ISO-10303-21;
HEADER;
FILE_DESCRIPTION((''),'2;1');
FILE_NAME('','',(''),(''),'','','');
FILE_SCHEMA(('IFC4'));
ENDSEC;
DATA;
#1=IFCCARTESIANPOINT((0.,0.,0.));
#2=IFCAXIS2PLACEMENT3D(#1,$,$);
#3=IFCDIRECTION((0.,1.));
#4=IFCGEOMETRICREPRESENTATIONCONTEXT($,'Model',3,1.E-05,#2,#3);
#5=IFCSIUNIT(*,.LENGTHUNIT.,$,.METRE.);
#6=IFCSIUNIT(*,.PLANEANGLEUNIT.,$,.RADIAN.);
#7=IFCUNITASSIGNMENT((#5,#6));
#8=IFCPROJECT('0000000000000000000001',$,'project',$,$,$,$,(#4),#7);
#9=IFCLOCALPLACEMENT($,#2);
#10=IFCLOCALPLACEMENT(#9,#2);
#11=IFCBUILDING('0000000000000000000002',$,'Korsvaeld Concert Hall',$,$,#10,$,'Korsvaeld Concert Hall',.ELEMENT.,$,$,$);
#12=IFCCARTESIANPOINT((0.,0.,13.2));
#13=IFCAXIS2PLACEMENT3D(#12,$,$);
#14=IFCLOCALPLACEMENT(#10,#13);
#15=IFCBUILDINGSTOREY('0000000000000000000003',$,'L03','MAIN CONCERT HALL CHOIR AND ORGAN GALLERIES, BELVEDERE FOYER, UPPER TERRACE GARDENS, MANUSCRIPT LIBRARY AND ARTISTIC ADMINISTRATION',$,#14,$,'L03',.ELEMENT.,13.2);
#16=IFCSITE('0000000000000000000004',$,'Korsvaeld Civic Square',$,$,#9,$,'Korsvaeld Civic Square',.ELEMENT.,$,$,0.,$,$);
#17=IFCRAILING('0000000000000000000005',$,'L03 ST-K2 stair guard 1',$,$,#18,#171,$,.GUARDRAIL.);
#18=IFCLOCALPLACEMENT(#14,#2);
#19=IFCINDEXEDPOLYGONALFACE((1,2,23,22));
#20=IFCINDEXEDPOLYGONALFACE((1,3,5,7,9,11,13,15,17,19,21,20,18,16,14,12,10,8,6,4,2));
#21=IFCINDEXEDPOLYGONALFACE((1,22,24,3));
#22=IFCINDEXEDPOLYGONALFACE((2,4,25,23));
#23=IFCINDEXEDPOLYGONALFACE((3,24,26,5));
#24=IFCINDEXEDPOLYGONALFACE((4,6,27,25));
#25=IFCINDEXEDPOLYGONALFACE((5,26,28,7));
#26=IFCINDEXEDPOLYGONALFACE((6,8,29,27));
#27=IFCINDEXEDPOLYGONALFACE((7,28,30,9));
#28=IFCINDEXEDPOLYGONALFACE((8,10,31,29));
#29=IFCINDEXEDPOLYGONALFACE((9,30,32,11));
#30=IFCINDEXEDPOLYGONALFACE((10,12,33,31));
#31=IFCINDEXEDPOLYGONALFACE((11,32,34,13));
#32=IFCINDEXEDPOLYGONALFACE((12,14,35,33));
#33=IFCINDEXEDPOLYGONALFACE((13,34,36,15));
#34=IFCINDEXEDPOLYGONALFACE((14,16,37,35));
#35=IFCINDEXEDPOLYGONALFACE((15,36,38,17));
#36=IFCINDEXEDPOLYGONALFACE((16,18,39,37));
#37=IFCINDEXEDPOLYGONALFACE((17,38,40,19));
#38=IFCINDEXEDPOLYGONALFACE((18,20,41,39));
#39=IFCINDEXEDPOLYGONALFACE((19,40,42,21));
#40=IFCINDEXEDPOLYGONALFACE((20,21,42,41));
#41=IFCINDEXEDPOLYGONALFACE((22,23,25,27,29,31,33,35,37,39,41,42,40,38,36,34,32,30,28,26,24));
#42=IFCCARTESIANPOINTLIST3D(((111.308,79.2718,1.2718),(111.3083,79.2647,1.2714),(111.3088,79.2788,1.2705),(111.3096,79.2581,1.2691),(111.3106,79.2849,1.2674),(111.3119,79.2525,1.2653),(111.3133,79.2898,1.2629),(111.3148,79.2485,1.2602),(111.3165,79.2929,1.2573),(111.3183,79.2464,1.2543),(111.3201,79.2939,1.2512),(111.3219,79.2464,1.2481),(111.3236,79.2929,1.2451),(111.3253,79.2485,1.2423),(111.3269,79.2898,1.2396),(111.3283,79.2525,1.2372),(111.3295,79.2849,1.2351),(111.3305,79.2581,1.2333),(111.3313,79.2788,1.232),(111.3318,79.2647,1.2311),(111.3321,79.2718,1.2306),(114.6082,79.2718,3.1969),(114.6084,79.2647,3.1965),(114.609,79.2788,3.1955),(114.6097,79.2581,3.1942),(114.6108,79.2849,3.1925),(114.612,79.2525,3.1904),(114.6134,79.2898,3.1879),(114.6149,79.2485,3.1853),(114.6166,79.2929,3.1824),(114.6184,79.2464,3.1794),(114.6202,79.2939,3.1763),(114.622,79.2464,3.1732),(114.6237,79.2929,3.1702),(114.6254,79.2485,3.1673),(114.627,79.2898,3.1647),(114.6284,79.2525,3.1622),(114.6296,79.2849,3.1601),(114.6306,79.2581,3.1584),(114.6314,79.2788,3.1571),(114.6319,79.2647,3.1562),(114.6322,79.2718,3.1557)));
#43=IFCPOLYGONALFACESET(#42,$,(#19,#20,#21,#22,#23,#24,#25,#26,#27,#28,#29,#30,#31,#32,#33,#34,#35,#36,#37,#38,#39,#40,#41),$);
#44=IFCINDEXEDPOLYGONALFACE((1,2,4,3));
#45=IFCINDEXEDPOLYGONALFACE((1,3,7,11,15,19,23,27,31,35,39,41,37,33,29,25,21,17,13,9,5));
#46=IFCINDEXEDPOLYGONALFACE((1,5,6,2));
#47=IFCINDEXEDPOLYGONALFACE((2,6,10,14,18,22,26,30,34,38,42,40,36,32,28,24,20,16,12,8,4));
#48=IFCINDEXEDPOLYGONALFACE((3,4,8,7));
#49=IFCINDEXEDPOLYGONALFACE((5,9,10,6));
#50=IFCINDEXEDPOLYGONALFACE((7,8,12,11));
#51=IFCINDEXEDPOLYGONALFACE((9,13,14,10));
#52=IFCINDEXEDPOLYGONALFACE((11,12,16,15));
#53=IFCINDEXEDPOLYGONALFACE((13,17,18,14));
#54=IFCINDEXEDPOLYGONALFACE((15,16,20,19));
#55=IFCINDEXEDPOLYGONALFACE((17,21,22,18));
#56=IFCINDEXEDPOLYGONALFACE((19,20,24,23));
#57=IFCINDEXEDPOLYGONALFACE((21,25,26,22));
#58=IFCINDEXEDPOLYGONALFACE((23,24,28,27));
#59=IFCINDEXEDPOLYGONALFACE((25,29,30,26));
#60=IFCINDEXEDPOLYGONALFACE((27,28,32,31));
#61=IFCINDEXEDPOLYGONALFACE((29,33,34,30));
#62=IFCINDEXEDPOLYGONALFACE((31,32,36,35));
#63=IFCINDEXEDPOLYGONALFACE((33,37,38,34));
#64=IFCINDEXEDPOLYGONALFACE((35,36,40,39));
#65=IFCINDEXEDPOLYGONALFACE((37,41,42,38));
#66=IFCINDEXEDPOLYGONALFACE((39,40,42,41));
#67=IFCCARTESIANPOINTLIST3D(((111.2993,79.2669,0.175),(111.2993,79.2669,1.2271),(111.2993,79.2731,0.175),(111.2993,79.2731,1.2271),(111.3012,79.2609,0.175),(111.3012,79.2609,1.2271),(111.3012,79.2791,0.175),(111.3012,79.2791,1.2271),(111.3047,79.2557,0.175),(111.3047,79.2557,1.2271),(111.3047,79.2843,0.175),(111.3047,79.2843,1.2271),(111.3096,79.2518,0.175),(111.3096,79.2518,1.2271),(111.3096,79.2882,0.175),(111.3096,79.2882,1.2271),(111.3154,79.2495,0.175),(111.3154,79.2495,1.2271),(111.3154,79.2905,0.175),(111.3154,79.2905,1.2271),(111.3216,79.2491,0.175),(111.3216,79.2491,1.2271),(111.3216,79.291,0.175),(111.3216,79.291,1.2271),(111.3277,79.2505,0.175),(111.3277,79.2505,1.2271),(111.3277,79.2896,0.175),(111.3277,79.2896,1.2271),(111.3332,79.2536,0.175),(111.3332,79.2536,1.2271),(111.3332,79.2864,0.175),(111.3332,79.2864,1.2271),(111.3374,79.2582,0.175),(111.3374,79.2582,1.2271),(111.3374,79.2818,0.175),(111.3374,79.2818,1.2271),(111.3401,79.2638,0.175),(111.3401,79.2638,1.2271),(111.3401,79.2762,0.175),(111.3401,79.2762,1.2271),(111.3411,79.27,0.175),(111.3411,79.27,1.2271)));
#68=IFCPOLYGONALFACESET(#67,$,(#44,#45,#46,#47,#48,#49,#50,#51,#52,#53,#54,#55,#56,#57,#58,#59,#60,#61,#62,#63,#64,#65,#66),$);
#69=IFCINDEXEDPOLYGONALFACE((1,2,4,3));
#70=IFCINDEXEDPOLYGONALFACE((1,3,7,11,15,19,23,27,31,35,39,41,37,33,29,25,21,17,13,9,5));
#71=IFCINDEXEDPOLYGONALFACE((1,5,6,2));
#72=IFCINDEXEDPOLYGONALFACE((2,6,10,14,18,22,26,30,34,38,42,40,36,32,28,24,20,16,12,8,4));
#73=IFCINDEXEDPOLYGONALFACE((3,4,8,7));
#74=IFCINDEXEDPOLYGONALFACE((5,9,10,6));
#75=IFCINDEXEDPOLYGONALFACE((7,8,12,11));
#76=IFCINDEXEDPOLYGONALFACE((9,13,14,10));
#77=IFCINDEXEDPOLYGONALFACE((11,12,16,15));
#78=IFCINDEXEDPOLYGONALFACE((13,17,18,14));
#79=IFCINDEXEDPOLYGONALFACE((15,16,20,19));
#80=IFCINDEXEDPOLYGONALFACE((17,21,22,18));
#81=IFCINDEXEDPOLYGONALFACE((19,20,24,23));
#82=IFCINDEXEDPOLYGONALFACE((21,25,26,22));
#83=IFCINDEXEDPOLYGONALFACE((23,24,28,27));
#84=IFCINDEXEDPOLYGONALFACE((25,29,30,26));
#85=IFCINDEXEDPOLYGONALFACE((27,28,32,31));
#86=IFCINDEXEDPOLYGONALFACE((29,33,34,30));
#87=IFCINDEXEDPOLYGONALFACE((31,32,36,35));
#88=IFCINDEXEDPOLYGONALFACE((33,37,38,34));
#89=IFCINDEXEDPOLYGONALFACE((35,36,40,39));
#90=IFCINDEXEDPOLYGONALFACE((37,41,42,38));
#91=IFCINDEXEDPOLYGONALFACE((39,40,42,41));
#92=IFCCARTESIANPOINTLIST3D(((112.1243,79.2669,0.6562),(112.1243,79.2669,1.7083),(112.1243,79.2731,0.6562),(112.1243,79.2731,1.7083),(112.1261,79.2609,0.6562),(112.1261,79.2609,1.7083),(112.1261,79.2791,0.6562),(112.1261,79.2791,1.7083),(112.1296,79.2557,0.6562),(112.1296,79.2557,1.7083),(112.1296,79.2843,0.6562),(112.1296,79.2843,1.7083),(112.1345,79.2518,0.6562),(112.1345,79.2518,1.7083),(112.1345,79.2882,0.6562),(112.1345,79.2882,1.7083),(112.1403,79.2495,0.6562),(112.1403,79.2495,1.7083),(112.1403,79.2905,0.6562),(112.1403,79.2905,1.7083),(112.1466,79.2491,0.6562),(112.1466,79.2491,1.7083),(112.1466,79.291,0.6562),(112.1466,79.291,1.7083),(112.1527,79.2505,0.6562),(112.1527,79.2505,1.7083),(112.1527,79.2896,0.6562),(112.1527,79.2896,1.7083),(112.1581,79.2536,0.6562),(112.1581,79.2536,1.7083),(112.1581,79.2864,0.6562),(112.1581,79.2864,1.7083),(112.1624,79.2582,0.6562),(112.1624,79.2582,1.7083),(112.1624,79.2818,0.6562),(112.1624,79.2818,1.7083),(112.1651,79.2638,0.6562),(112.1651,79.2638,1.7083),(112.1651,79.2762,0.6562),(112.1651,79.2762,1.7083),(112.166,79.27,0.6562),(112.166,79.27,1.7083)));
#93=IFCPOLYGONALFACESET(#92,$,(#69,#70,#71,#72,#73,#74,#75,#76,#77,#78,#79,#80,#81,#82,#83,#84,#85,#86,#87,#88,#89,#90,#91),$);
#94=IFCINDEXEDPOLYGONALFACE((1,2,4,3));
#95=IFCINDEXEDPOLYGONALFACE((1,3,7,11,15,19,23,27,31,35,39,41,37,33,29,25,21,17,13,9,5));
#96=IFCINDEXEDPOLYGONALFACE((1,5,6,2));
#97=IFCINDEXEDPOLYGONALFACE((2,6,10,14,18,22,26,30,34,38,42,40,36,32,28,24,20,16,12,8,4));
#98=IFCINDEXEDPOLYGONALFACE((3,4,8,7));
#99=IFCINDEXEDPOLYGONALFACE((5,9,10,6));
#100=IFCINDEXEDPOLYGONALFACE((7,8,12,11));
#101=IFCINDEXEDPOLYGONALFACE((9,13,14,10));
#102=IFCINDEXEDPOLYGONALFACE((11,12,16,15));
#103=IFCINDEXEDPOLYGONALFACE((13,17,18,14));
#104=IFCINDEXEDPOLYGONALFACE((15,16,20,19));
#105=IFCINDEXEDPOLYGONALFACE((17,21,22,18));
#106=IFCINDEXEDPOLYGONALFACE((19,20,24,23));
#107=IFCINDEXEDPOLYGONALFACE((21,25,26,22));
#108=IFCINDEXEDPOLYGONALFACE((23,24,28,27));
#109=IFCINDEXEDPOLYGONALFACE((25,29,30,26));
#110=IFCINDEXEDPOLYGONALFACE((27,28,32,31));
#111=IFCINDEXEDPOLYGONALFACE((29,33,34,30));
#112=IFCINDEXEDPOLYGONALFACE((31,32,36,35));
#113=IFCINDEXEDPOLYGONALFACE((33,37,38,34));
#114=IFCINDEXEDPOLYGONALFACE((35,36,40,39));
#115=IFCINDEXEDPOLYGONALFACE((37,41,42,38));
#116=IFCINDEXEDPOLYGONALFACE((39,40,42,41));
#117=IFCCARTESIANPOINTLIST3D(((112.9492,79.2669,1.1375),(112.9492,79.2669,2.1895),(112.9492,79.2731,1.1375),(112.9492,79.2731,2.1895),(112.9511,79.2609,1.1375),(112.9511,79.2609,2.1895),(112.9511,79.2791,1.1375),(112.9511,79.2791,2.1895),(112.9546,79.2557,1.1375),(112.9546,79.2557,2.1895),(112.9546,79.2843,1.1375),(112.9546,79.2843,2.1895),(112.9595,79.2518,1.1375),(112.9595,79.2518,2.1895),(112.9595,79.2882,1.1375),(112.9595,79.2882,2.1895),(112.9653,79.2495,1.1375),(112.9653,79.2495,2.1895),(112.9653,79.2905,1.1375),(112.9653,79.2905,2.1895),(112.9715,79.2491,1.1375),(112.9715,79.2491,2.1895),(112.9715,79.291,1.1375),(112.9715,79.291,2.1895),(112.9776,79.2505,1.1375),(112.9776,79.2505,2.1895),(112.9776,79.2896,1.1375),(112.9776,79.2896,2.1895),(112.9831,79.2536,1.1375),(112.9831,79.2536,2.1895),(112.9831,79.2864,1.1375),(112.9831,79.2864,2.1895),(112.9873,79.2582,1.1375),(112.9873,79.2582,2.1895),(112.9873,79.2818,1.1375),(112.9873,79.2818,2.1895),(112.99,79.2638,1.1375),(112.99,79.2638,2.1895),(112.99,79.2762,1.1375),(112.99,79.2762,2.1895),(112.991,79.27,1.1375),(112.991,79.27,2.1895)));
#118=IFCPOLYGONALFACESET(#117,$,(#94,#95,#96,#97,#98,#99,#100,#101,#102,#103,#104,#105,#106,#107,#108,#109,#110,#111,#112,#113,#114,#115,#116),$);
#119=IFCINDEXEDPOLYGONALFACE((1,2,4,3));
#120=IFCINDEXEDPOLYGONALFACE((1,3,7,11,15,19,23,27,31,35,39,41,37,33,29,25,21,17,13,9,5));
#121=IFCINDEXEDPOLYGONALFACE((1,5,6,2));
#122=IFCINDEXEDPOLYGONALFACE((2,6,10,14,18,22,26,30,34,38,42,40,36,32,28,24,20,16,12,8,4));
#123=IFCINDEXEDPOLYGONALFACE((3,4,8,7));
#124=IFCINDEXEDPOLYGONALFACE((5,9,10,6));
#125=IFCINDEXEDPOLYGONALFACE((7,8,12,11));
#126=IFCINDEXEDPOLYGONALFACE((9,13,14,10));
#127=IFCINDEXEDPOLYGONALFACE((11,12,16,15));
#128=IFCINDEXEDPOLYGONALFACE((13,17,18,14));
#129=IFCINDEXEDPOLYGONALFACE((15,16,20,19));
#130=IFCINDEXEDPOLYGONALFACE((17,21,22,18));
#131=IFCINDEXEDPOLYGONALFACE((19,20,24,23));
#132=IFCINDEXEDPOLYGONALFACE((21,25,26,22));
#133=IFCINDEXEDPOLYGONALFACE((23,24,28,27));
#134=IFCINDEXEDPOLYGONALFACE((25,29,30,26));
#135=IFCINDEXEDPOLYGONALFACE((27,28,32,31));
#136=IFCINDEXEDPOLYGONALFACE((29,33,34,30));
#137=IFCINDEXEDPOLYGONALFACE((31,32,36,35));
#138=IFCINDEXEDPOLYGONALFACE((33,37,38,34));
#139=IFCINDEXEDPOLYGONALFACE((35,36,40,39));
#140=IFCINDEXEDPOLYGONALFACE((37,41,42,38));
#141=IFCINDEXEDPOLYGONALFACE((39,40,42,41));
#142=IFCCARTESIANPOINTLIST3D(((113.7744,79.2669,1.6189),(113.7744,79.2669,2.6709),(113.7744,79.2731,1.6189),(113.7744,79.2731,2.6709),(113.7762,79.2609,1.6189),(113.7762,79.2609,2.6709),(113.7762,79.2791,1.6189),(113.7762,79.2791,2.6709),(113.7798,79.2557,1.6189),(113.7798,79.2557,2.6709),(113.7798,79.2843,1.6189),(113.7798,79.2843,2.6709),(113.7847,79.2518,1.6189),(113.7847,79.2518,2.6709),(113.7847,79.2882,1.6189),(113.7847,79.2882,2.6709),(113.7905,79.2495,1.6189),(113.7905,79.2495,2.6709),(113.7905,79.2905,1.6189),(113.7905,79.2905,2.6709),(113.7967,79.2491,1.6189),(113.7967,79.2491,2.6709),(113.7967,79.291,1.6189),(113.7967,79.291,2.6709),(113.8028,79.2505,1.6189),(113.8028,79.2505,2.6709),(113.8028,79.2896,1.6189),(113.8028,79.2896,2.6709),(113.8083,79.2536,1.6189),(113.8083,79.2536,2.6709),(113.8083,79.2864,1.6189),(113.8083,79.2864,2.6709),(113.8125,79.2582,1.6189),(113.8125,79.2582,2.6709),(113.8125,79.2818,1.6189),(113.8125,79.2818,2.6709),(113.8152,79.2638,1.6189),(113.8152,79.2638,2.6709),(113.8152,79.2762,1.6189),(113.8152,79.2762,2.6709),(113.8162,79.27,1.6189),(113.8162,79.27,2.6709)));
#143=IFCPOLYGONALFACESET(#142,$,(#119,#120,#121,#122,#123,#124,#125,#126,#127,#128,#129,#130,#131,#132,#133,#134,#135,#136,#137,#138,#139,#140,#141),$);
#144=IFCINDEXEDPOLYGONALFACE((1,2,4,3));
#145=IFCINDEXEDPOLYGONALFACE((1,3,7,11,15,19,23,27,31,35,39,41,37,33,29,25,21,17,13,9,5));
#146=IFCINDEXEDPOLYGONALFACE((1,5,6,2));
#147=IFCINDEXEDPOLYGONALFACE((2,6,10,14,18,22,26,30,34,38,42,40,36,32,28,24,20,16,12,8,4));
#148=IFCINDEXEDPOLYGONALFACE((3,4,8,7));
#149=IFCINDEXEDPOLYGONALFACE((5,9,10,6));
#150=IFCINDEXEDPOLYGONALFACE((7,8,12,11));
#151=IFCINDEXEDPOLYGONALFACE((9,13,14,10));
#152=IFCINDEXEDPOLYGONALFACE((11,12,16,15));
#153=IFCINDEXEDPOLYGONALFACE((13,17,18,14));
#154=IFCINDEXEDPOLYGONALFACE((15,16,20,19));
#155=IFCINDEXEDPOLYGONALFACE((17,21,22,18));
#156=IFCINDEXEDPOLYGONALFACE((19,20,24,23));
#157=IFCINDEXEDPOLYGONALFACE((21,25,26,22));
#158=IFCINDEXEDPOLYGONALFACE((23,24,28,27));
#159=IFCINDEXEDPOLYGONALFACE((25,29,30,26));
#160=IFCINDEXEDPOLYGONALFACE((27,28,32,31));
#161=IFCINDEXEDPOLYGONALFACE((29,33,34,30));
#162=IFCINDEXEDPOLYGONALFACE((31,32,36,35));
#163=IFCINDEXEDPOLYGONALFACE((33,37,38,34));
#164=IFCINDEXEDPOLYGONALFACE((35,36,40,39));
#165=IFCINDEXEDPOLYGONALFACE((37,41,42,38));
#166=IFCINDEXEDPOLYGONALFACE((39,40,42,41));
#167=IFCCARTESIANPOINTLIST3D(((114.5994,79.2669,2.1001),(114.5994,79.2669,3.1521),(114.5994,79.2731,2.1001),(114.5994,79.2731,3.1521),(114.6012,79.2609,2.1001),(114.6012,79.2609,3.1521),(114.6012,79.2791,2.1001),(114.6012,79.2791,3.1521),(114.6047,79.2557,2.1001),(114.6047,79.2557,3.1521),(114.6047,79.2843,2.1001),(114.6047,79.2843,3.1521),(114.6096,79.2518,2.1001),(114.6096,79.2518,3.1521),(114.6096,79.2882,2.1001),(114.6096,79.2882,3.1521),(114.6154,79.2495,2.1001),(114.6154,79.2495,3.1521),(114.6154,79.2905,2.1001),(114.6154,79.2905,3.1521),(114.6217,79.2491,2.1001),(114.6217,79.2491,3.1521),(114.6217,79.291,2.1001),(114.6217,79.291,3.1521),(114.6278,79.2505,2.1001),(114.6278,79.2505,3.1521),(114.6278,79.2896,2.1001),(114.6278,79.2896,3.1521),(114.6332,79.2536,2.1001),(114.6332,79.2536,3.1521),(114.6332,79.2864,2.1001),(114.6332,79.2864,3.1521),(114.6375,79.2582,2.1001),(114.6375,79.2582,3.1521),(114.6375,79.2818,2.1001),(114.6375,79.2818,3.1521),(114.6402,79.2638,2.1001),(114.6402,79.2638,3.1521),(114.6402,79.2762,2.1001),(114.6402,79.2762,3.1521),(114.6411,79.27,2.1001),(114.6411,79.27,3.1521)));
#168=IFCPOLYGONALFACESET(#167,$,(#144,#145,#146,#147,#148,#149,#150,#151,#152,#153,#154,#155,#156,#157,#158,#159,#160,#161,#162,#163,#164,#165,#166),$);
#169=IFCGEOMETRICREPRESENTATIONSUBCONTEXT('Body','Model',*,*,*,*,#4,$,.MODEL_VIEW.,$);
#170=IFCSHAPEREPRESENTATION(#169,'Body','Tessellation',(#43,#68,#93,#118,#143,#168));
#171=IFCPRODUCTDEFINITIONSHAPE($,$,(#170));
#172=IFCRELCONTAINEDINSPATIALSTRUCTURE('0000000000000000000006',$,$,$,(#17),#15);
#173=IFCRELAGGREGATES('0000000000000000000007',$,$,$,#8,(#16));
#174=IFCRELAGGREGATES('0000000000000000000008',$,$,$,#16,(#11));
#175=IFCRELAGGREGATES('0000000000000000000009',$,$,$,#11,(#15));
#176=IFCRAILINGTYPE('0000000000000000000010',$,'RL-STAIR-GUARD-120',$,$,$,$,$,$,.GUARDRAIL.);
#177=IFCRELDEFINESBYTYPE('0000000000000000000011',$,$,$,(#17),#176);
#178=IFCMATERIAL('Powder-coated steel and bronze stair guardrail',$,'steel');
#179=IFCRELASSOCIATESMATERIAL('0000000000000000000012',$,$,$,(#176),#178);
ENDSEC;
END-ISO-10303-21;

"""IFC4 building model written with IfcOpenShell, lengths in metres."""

from ifc_helpers import new_model, si_unit, direction, frame, origin, origin_2d, place, context, subcontext, project, spatial, circle, extrude, material, type_object, element, save


model = new_model("IFC4")

# Units and contexts
model_context = context("Model", 3, precision=1e-05, world=origin(), true_north=direction((0.0, 1.0)))
body_context = subcontext(model_context, "Body", "Model", "MODEL_VIEW")
ifc_project = project(units=[si_unit("LENGTHUNIT", "METRE"), si_unit("PLANEANGLEUNIT", "RADIAN")], contexts=[model_context])

# Site, building, storey
site_placement = place(None, origin())
site = spatial("IfcSite", under=ifc_project, at=site_placement, Name="Korsvaeld Civic Square", LongName="Korsvaeld Civic Square", CompositionType="ELEMENT", RefElevation=0.0)
building_placement = place(site_placement, origin())
building = spatial("IfcBuilding", under=site, at=building_placement, Name="Korsvaeld Concert Hall", LongName="Korsvaeld Concert Hall", CompositionType="ELEMENT")
storey_placement = place(building_placement, frame((0.0, 0.0, 13.2)))
storey = spatial("IfcBuildingStorey", under=building, at=storey_placement, Name="L03", Description="MAIN CONCERT HALL CHOIR AND ORGAN GALLERIES, BELVEDERE FOYER, UPPER TERRACE GARDENS, MANUSCRIPT LIBRARY AND ARTISTIC ADMINISTRATION", LongName="L03", CompositionType="ELEMENT", Elevation=13.2)

# Railing
ifc_material_1 = material(Name="Powder-coated steel and bronze stair guardrail", Category="steel")
railing_type_1 = type_object("IfcRailingType", Name="RL-STAIR-GUARD-120", PredefinedType="GUARDRAIL", material=ifc_material_1)
railing_1_placement = place(storey_placement, frame((111.3201, 79.27, 0.175)))
element("IfcRailing", 1, at=railing_1_placement, inside=storey, type_object=railing_type_1, Name="L03 ST-K2 stair guard 1", PredefinedType="GUARDRAIL", context=body_context, shape_type="SweptSolid", body=[
    extrude(circle(Radius=0.0239, at=origin_2d()), frame((0.0, 0.0, 1.0762), z_axis=(0.863777, 0.0, 0.503875), x_axis=(0.0, 1.0, 0.0)), (0.0, 0.0, 1.0), 3.8206),
    extrude(circle(Radius=0.021, at=origin_2d()), origin(), (0.0, 0.0, 1.0), 1.052),
    extrude(circle(Radius=0.021, at=origin_2d()), frame((0.825, 0.0, 0.4812)), (0.0, 0.0, 1.0), 1.052),
    extrude(circle(Radius=0.021, at=origin_2d()), frame((1.6499, 0.0, 0.9624)), (0.0, 0.0, 1.0), 1.052),
    extrude(circle(Radius=0.021, at=origin_2d()), frame((2.4751, 0.0, 1.4438)), (0.0, 0.0, 1.0), 1.052),
    extrude(circle(Radius=0.021, at=origin_2d()), frame((3.3, 0.0, 1.925)), (0.0, 0.0, 1.0), 1.052),
])

save(model, "model.ifc")
